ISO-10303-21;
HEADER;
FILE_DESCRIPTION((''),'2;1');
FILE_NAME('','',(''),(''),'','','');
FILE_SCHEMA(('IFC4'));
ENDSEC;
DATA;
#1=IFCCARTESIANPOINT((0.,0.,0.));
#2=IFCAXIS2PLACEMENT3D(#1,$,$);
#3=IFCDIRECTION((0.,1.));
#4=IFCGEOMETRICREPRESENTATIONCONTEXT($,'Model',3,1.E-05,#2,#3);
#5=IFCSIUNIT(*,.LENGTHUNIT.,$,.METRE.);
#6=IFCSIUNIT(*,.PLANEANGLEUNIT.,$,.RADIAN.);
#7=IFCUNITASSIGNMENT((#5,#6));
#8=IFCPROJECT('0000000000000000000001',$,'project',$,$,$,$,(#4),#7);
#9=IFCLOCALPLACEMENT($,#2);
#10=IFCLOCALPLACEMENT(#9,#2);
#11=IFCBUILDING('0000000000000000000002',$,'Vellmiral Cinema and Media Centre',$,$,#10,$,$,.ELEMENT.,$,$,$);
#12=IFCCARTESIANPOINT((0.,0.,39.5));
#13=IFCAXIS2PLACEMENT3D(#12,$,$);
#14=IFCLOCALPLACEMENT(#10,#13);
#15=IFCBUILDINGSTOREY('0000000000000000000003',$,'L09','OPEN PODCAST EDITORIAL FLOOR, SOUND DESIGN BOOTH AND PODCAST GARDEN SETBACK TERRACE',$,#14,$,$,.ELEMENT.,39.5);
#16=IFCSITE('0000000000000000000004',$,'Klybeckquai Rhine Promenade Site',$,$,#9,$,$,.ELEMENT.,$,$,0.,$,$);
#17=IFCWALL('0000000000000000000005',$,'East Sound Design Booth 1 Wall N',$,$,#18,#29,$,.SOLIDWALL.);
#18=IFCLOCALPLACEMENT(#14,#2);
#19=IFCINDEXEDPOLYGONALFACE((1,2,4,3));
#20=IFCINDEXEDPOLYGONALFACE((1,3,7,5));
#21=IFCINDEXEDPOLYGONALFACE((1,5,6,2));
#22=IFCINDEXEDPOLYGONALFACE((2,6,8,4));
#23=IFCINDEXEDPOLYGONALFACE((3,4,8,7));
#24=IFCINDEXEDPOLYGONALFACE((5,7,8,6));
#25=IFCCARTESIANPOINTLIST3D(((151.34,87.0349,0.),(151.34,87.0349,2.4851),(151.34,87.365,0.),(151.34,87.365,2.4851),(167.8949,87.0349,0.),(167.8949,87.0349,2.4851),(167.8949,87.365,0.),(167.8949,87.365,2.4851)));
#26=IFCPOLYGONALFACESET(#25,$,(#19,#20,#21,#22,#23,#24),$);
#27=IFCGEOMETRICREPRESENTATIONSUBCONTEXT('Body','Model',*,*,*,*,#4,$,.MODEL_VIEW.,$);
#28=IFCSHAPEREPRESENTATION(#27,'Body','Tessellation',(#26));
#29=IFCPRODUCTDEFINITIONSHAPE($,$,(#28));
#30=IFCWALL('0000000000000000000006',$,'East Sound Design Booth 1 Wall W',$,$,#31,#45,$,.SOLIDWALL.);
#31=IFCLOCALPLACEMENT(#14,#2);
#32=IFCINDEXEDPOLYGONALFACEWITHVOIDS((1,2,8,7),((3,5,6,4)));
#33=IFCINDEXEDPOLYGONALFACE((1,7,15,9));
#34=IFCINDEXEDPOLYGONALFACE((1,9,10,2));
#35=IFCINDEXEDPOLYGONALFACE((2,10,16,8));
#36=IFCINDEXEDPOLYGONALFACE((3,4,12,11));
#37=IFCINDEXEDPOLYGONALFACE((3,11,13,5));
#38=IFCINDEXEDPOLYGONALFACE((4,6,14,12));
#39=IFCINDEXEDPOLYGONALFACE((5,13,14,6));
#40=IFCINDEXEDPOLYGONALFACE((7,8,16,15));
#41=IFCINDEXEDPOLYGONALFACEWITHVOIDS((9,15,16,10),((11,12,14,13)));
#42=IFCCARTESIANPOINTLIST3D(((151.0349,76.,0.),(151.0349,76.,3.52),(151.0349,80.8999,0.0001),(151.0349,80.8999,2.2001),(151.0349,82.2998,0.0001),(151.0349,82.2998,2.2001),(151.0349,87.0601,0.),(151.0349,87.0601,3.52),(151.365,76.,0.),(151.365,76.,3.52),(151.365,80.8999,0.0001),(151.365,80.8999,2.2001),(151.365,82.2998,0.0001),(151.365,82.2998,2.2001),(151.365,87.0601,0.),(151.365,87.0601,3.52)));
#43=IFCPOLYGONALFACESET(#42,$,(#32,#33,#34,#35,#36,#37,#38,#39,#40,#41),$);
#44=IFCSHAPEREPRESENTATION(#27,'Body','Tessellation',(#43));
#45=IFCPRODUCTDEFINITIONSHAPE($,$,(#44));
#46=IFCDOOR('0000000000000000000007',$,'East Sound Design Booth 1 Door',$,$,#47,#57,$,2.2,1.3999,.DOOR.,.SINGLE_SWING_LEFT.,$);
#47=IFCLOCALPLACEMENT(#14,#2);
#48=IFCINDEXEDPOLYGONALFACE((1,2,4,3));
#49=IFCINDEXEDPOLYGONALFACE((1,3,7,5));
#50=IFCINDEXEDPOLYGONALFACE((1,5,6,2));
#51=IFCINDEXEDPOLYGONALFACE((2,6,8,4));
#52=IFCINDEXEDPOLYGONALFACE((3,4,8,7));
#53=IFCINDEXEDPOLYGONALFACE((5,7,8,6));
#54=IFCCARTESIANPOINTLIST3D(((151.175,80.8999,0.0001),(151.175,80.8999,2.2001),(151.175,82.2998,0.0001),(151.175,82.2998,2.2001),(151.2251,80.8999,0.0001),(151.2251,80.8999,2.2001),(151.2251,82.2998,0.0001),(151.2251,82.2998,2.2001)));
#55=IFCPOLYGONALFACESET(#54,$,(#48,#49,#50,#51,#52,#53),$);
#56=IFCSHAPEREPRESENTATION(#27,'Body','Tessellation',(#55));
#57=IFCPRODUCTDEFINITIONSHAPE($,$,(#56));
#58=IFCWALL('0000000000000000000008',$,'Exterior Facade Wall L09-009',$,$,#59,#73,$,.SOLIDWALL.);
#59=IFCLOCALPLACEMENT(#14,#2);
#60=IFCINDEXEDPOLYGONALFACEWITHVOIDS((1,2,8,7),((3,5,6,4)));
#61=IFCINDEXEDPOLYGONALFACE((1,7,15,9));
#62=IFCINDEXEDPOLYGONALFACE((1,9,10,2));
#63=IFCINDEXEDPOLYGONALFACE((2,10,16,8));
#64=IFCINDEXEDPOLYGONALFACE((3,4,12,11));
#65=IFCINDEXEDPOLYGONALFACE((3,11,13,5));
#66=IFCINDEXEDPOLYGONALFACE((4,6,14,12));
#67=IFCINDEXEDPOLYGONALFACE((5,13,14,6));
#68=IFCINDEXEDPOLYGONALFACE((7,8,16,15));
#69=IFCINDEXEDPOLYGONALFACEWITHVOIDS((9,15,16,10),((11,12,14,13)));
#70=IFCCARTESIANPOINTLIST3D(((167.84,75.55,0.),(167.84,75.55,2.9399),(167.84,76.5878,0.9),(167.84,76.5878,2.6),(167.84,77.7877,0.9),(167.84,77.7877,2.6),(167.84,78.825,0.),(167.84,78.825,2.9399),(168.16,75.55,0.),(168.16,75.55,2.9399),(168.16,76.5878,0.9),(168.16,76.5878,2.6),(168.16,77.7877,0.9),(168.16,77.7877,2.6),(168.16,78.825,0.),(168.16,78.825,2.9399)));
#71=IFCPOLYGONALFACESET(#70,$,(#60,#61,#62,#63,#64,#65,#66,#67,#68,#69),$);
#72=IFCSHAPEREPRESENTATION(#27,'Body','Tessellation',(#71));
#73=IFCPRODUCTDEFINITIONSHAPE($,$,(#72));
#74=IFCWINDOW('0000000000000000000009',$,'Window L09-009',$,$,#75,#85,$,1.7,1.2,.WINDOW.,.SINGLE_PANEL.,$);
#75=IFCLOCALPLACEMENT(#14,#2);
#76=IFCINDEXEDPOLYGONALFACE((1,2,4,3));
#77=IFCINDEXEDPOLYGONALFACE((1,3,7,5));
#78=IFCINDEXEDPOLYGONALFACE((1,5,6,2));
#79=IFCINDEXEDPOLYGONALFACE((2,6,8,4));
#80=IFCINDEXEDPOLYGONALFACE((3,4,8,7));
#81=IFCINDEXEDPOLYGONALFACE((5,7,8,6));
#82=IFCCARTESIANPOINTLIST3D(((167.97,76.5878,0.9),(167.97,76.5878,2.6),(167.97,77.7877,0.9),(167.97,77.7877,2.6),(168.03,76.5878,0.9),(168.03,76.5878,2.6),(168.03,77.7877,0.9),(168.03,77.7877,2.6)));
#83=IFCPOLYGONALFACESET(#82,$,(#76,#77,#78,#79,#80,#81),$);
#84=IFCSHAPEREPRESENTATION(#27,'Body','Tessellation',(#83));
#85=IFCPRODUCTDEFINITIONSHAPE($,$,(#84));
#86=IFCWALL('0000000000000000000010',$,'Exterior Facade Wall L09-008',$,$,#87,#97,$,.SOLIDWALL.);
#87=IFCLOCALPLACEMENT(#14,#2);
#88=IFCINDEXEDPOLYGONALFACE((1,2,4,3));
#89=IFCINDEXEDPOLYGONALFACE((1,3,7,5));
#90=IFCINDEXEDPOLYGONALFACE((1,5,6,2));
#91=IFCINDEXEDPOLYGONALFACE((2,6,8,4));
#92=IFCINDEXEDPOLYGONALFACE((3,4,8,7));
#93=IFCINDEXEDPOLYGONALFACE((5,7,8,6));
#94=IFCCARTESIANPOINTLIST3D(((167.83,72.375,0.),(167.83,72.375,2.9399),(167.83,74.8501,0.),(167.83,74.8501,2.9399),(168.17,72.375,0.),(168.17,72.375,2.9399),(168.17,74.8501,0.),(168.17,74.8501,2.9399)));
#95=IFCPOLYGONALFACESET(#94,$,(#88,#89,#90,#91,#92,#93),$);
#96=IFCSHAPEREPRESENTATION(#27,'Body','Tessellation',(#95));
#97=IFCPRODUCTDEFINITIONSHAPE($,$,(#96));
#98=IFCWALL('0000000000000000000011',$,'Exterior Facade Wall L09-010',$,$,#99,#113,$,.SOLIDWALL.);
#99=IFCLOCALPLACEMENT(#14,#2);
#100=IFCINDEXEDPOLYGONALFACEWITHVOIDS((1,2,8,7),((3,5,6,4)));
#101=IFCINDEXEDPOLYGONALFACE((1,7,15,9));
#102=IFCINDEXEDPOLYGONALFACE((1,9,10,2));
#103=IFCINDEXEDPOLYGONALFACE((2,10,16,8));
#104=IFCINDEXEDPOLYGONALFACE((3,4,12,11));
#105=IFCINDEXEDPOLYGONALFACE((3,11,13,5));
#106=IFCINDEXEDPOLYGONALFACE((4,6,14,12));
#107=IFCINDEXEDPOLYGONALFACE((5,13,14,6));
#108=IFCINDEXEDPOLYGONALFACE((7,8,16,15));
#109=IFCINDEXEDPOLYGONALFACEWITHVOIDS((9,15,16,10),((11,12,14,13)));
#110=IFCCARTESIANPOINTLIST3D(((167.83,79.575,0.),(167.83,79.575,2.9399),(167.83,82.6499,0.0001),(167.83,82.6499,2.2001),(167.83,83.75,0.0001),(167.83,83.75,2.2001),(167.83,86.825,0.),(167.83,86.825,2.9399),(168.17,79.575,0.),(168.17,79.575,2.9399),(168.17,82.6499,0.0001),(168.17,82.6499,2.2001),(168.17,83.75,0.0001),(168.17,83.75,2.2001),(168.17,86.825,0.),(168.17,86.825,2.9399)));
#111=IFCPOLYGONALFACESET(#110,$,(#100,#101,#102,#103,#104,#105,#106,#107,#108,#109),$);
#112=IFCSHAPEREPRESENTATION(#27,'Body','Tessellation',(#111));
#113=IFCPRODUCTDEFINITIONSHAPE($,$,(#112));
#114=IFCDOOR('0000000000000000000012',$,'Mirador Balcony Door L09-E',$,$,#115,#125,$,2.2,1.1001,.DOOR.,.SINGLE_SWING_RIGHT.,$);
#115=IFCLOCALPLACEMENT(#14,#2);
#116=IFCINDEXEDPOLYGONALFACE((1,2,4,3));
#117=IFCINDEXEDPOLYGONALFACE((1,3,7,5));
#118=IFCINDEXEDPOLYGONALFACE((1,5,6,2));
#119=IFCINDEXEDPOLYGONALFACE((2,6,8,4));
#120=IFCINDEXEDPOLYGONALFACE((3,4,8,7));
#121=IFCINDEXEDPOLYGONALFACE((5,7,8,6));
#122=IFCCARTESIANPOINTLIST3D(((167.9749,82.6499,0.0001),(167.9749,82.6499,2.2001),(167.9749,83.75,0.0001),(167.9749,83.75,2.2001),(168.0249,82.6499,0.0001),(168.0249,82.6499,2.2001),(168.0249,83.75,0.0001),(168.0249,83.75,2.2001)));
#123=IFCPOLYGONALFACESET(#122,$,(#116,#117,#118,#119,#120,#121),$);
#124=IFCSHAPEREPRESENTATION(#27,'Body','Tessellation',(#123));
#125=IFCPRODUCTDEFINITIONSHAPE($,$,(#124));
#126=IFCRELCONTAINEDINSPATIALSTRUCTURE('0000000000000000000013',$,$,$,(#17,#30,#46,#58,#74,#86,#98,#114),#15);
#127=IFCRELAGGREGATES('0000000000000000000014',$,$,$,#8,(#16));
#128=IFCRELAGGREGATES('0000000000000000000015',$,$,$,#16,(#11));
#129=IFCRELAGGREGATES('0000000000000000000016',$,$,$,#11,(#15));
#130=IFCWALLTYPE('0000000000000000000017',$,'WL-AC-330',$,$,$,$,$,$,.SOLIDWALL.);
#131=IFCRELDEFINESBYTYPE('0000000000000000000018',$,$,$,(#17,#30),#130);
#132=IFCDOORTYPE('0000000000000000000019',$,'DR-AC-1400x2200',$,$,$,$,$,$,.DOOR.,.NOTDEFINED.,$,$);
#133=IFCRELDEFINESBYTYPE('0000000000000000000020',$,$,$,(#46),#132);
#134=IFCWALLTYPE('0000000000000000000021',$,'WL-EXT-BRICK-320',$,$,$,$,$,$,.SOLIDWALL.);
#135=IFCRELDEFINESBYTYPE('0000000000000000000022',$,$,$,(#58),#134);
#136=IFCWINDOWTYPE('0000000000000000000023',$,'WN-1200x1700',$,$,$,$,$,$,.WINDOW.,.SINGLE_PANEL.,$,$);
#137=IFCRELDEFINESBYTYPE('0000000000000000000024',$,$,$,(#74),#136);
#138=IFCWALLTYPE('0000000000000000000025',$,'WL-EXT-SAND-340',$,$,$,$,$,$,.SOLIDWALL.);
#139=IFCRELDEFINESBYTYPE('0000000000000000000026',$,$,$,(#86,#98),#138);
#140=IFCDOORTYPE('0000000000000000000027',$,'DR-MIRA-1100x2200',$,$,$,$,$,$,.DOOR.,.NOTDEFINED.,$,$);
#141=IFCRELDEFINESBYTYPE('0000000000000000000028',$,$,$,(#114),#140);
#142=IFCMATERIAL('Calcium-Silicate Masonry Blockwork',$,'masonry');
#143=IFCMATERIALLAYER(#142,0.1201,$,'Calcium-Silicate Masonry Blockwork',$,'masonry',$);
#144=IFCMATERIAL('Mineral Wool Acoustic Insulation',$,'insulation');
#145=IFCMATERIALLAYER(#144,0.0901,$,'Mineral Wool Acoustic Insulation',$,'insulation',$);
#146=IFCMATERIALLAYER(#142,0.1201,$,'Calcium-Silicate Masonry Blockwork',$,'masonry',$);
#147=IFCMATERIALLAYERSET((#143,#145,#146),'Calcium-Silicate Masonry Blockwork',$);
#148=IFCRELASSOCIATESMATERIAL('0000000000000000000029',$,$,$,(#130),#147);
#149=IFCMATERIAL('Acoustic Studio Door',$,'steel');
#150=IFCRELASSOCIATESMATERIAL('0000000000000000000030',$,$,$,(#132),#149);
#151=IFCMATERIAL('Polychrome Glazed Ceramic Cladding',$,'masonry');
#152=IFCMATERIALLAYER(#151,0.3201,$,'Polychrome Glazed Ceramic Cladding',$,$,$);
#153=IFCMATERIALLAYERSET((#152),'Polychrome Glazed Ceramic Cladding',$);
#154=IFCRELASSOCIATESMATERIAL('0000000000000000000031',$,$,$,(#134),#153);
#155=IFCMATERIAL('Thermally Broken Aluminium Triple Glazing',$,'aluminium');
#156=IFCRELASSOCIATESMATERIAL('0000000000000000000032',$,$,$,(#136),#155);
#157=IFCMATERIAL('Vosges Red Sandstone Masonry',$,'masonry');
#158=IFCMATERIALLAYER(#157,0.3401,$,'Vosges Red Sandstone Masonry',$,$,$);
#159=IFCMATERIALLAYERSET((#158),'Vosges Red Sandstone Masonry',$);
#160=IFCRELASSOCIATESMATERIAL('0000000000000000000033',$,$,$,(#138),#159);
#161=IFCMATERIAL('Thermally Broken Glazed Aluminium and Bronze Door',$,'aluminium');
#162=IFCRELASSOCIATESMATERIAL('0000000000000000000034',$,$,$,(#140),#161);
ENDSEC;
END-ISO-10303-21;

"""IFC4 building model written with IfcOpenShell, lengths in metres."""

from ifc_helpers import new_model, si_unit, direction, frame, frame_2d, origin, place, context, subcontext, project, spatial, rectangle, extrude, material, layer, layer_set, type_object, element, fill, save


model = new_model("IFC4")

# Units and contexts
model_context = context("Model", 3, precision=1e-05, world=origin(), true_north=direction((0.0, 1.0)))
body_context = subcontext(model_context, "Body", "Model", "MODEL_VIEW")
ifc_project = project(units=[si_unit("LENGTHUNIT", "METRE"), si_unit("PLANEANGLEUNIT", "RADIAN")], contexts=[model_context])

# Site, building, storey
site_placement = place(None, origin())
site = spatial("IfcSite", under=ifc_project, at=site_placement, Name="Klybeckquai Rhine Promenade Site", CompositionType="ELEMENT", RefElevation=0.0)
building_placement = place(site_placement, origin())
building = spatial("IfcBuilding", under=site, at=building_placement, Name="Vellmiral Cinema and Media Centre", CompositionType="ELEMENT")
storey_placement = place(building_placement, frame((0.0, 0.0, 39.5)))
storey = spatial("IfcBuildingStorey", under=building, at=storey_placement, Name="L09", Description="OPEN PODCAST EDITORIAL FLOOR, SOUND DESIGN BOOTH AND PODCAST GARDEN SETBACK TERRACE", CompositionType="ELEMENT", Elevation=39.5)

# Wall
ifc_material_1 = material(Name="Calcium-Silicate Masonry Blockwork", Category="masonry")
ifc_layer_1 = layer(ifc_material_1, 0.1201, Name="Calcium-Silicate Masonry Blockwork", Category="masonry")
ifc_material_2 = material(Name="Mineral Wool Acoustic Insulation", Category="insulation")
ifc_layer_2 = layer(ifc_material_2, 0.0901, Name="Mineral Wool Acoustic Insulation", Category="insulation")
ifc_layer_3 = layer(ifc_material_1, 0.1201, Name="Calcium-Silicate Masonry Blockwork", Category="masonry")
ifc_layer_set_1 = layer_set([ifc_layer_1, ifc_layer_2, ifc_layer_3], Name="Calcium-Silicate Masonry Blockwork")
wall_type_1 = type_object("IfcWallType", Name="WL-AC-330", PredefinedType="SOLIDWALL", material=ifc_layer_set_1)
wall_1_placement = place(storey_placement, frame((151.3401, 87.2, 0.0), z_axis=(0.0, 0.0, 1.0), x_axis=(1.0, 0.0, 0.0)))
element("IfcWall", 1, at=wall_1_placement, inside=storey, type_object=wall_type_1, Name="East Sound Design Booth 1 Wall N", PredefinedType="SOLIDWALL", context=body_context, shape_type="SweptSolid", body=[
    extrude(rectangle(XDim=16.5549, YDim=0.3301, at=frame_2d((8.2773, 0.0))), origin(), (0.0, 0.0, 1.0), 2.4851),
])

# Wall, opening, door
wall_2_placement = place(storey_placement, frame((151.2, 76.0, 0.0), z_axis=(0.0, 0.0, 1.0), x_axis=(0.0, 1.0, 0.0)))
wall_2 = element("IfcWall", 2, at=wall_2_placement, inside=storey, type_object=wall_type_1, Name="East Sound Design Booth 1 Wall W", PredefinedType="SOLIDWALL", context=body_context, shape_type="SweptSolid", body=[
    extrude(rectangle(XDim=11.0601, YDim=0.3301, at=frame_2d((5.53, 0.0))), origin(), (0.0, 0.0, 1.0), 3.52),
])
opening_1_placement = place(wall_2_placement, frame((4.8999, 0.0, 0.0)))
opening_1 = element("IfcOpeningElement", 3, at=opening_1_placement, cuts=wall_2, PredefinedType="OPENING", context=body_context, shape_type="SweptSolid", body=[
    extrude(rectangle(XDim=1.3999, YDim=2.2, at=frame_2d((0.7, 1.1001))), frame((0.0, 0.177, 0.0), z_axis=(0.0, -1.0, 0.0), x_axis=(1.0, 0.0, 0.0)), (0.0, 0.0, 1.0), 0.354),
])
ifc_material_3 = material(Name="Acoustic Studio Door", Category="steel")
door_type_1 = type_object("IfcDoorType", Name="DR-AC-1400x2200", OperationType="NOTDEFINED", PredefinedType="DOOR", material=ifc_material_3)
door_1_placement = place(opening_1_placement, origin())
door_1 = element("IfcDoor", 4, at=door_1_placement, inside=storey, type_object=door_type_1, Name="East Sound Design Booth 1 Door", OperationType="SINGLE_SWING_LEFT", OverallHeight=2.2, OverallWidth=1.3999, PredefinedType="DOOR", context=body_context, shape_type="SweptSolid", body=[
    extrude(rectangle(XDim=1.3999, YDim=2.2, at=frame_2d((0.7, 1.1001))), frame((0.0, 0.0249, 0.0), z_axis=(0.0, -1.0, 0.0), x_axis=(1.0, 0.0, 0.0)), (0.0, 0.0, 1.0), 0.05),
])
fill(opening_1, door_1)

# Wall, opening, window
ifc_material_4 = material(Name="Polychrome Glazed Ceramic Cladding", Category="masonry")
ifc_layer_4 = layer(ifc_material_4, 0.3201, Name="Polychrome Glazed Ceramic Cladding")
ifc_layer_set_2 = layer_set([ifc_layer_4], Name="Polychrome Glazed Ceramic Cladding")
wall_type_2 = type_object("IfcWallType", Name="WL-EXT-BRICK-320", PredefinedType="SOLIDWALL", material=ifc_layer_set_2)
wall_3_placement = place(storey_placement, frame((168.0, 75.55, 0.0), z_axis=(0.0, 0.0, 1.0), x_axis=(0.0, 1.0, 0.0)))
wall_3 = element("IfcWall", 5, at=wall_3_placement, inside=storey, type_object=wall_type_2, Name="Exterior Facade Wall L09-009", PredefinedType="SOLIDWALL", context=body_context, shape_type="SweptSolid", body=[
    extrude(rectangle(XDim=3.2749, YDim=0.3201, at=frame_2d((1.6375, 0.0))), origin(), (0.0, 0.0, 1.0), 2.9399),
])
opening_2_placement = place(wall_3_placement, frame((1.0376, 0.0, 0.8999)))
opening_2 = element("IfcOpeningElement", 6, at=opening_2_placement, cuts=wall_3, PredefinedType="OPENING", context=body_context, shape_type="SweptSolid", body=[
    extrude(rectangle(XDim=1.2, YDim=1.7, at=frame_2d((0.6001, 0.8501))), frame((0.0, 0.1719, 0.0), z_axis=(0.0, -1.0, 0.0), x_axis=(1.0, 0.0, 0.0)), (0.0, 0.0, 1.0), 0.344),
])
ifc_material_5 = material(Name="Thermally Broken Aluminium Triple Glazing", Category="aluminium")
window_type = type_object("IfcWindowType", Name="WN-1200x1700", PartitioningType="SINGLE_PANEL", PredefinedType="WINDOW", material=ifc_material_5)
window_placement = place(opening_2_placement, origin())
window = element("IfcWindow", 7, at=window_placement, inside=storey, type_object=window_type, Name="Window L09-009", OverallHeight=1.7, OverallWidth=1.2, PartitioningType="SINGLE_PANEL", PredefinedType="WINDOW", context=body_context, shape_type="SweptSolid", body=[
    extrude(rectangle(XDim=1.2, YDim=1.7, at=frame_2d((0.6001, 0.8501))), frame((0.0, 0.03, 0.0), z_axis=(0.0, -1.0, 0.0), x_axis=(1.0, 0.0, 0.0)), (0.0, 0.0, 1.0), 0.0601),
])
fill(opening_2, window)

# Wall
ifc_material_6 = material(Name="Vosges Red Sandstone Masonry", Category="masonry")
ifc_layer_5 = layer(ifc_material_6, 0.3401, Name="Vosges Red Sandstone Masonry")
ifc_layer_set_3 = layer_set([ifc_layer_5], Name="Vosges Red Sandstone Masonry")
wall_type_3 = type_object("IfcWallType", Name="WL-EXT-SAND-340", PredefinedType="SOLIDWALL", material=ifc_layer_set_3)
wall_4_placement = place(storey_placement, frame((168.0, 72.375, 0.0), z_axis=(0.0, 0.0, 1.0), x_axis=(0.0, 1.0, 0.0)))
element("IfcWall", 8, at=wall_4_placement, inside=storey, type_object=wall_type_3, Name="Exterior Facade Wall L09-008", PredefinedType="SOLIDWALL", context=body_context, shape_type="SweptSolid", body=[
    extrude(rectangle(XDim=2.4751, YDim=0.3401, at=frame_2d((1.2375, 0.0))), origin(), (0.0, 0.0, 1.0), 2.9399),
])

# Wall, opening, door
wall_5_placement = place(storey_placement, frame((168.0, 79.575, 0.0), z_axis=(0.0, 0.0, 1.0), x_axis=(0.0, 1.0, 0.0)))
wall_5 = element("IfcWall", 9, at=wall_5_placement, inside=storey, type_object=wall_type_3, Name="Exterior Facade Wall L09-010", PredefinedType="SOLIDWALL", context=body_context, shape_type="SweptSolid", body=[
    extrude(rectangle(XDim=7.25, YDim=0.3401, at=frame_2d((3.625, 0.0))), origin(), (0.0, 0.0, 1.0), 2.9399),
])
opening_3_placement = place(wall_5_placement, frame((3.075, 0.0, 0.0)))
opening_3 = element("IfcOpeningElement", 10, at=opening_3_placement, cuts=wall_5, PredefinedType="OPENING", context=body_context, shape_type="SweptSolid", body=[
    extrude(rectangle(XDim=1.1001, YDim=2.2, at=frame_2d((0.55, 1.1001))), frame((0.0, 0.1821, 0.0), z_axis=(0.0, -1.0, 0.0), x_axis=(1.0, 0.0, 0.0)), (0.0, 0.0, 1.0), 0.364),
])
ifc_material_7 = material(Name="Thermally Broken Glazed Aluminium and Bronze Door", Category="aluminium")
door_type_2 = type_object("IfcDoorType", Name="DR-MIRA-1100x2200", OperationType="NOTDEFINED", PredefinedType="DOOR", material=ifc_material_7)
door_2_placement = place(opening_3_placement, frame((1.1001, 0.0, 0.0), z_axis=(0.0, 0.0, 1.0), x_axis=(-1.0, 0.0, 0.0)))
door_2 = element("IfcDoor", 11, at=door_2_placement, inside=storey, type_object=door_type_2, Name="Mirador Balcony Door L09-E", OperationType="SINGLE_SWING_RIGHT", OverallHeight=2.2, OverallWidth=1.1001, PredefinedType="DOOR", context=body_context, shape_type="SweptSolid", body=[
    extrude(rectangle(XDim=1.1001, YDim=2.2, at=frame_2d((0.55, 1.1001))), frame((0.0, 0.0249, 0.0), z_axis=(0.0, -1.0, 0.0), x_axis=(1.0, 0.0, 0.0)), (0.0, 0.0, 1.0), 0.05),
])
fill(opening_3, door_2)

save(model, "model.ifc")
